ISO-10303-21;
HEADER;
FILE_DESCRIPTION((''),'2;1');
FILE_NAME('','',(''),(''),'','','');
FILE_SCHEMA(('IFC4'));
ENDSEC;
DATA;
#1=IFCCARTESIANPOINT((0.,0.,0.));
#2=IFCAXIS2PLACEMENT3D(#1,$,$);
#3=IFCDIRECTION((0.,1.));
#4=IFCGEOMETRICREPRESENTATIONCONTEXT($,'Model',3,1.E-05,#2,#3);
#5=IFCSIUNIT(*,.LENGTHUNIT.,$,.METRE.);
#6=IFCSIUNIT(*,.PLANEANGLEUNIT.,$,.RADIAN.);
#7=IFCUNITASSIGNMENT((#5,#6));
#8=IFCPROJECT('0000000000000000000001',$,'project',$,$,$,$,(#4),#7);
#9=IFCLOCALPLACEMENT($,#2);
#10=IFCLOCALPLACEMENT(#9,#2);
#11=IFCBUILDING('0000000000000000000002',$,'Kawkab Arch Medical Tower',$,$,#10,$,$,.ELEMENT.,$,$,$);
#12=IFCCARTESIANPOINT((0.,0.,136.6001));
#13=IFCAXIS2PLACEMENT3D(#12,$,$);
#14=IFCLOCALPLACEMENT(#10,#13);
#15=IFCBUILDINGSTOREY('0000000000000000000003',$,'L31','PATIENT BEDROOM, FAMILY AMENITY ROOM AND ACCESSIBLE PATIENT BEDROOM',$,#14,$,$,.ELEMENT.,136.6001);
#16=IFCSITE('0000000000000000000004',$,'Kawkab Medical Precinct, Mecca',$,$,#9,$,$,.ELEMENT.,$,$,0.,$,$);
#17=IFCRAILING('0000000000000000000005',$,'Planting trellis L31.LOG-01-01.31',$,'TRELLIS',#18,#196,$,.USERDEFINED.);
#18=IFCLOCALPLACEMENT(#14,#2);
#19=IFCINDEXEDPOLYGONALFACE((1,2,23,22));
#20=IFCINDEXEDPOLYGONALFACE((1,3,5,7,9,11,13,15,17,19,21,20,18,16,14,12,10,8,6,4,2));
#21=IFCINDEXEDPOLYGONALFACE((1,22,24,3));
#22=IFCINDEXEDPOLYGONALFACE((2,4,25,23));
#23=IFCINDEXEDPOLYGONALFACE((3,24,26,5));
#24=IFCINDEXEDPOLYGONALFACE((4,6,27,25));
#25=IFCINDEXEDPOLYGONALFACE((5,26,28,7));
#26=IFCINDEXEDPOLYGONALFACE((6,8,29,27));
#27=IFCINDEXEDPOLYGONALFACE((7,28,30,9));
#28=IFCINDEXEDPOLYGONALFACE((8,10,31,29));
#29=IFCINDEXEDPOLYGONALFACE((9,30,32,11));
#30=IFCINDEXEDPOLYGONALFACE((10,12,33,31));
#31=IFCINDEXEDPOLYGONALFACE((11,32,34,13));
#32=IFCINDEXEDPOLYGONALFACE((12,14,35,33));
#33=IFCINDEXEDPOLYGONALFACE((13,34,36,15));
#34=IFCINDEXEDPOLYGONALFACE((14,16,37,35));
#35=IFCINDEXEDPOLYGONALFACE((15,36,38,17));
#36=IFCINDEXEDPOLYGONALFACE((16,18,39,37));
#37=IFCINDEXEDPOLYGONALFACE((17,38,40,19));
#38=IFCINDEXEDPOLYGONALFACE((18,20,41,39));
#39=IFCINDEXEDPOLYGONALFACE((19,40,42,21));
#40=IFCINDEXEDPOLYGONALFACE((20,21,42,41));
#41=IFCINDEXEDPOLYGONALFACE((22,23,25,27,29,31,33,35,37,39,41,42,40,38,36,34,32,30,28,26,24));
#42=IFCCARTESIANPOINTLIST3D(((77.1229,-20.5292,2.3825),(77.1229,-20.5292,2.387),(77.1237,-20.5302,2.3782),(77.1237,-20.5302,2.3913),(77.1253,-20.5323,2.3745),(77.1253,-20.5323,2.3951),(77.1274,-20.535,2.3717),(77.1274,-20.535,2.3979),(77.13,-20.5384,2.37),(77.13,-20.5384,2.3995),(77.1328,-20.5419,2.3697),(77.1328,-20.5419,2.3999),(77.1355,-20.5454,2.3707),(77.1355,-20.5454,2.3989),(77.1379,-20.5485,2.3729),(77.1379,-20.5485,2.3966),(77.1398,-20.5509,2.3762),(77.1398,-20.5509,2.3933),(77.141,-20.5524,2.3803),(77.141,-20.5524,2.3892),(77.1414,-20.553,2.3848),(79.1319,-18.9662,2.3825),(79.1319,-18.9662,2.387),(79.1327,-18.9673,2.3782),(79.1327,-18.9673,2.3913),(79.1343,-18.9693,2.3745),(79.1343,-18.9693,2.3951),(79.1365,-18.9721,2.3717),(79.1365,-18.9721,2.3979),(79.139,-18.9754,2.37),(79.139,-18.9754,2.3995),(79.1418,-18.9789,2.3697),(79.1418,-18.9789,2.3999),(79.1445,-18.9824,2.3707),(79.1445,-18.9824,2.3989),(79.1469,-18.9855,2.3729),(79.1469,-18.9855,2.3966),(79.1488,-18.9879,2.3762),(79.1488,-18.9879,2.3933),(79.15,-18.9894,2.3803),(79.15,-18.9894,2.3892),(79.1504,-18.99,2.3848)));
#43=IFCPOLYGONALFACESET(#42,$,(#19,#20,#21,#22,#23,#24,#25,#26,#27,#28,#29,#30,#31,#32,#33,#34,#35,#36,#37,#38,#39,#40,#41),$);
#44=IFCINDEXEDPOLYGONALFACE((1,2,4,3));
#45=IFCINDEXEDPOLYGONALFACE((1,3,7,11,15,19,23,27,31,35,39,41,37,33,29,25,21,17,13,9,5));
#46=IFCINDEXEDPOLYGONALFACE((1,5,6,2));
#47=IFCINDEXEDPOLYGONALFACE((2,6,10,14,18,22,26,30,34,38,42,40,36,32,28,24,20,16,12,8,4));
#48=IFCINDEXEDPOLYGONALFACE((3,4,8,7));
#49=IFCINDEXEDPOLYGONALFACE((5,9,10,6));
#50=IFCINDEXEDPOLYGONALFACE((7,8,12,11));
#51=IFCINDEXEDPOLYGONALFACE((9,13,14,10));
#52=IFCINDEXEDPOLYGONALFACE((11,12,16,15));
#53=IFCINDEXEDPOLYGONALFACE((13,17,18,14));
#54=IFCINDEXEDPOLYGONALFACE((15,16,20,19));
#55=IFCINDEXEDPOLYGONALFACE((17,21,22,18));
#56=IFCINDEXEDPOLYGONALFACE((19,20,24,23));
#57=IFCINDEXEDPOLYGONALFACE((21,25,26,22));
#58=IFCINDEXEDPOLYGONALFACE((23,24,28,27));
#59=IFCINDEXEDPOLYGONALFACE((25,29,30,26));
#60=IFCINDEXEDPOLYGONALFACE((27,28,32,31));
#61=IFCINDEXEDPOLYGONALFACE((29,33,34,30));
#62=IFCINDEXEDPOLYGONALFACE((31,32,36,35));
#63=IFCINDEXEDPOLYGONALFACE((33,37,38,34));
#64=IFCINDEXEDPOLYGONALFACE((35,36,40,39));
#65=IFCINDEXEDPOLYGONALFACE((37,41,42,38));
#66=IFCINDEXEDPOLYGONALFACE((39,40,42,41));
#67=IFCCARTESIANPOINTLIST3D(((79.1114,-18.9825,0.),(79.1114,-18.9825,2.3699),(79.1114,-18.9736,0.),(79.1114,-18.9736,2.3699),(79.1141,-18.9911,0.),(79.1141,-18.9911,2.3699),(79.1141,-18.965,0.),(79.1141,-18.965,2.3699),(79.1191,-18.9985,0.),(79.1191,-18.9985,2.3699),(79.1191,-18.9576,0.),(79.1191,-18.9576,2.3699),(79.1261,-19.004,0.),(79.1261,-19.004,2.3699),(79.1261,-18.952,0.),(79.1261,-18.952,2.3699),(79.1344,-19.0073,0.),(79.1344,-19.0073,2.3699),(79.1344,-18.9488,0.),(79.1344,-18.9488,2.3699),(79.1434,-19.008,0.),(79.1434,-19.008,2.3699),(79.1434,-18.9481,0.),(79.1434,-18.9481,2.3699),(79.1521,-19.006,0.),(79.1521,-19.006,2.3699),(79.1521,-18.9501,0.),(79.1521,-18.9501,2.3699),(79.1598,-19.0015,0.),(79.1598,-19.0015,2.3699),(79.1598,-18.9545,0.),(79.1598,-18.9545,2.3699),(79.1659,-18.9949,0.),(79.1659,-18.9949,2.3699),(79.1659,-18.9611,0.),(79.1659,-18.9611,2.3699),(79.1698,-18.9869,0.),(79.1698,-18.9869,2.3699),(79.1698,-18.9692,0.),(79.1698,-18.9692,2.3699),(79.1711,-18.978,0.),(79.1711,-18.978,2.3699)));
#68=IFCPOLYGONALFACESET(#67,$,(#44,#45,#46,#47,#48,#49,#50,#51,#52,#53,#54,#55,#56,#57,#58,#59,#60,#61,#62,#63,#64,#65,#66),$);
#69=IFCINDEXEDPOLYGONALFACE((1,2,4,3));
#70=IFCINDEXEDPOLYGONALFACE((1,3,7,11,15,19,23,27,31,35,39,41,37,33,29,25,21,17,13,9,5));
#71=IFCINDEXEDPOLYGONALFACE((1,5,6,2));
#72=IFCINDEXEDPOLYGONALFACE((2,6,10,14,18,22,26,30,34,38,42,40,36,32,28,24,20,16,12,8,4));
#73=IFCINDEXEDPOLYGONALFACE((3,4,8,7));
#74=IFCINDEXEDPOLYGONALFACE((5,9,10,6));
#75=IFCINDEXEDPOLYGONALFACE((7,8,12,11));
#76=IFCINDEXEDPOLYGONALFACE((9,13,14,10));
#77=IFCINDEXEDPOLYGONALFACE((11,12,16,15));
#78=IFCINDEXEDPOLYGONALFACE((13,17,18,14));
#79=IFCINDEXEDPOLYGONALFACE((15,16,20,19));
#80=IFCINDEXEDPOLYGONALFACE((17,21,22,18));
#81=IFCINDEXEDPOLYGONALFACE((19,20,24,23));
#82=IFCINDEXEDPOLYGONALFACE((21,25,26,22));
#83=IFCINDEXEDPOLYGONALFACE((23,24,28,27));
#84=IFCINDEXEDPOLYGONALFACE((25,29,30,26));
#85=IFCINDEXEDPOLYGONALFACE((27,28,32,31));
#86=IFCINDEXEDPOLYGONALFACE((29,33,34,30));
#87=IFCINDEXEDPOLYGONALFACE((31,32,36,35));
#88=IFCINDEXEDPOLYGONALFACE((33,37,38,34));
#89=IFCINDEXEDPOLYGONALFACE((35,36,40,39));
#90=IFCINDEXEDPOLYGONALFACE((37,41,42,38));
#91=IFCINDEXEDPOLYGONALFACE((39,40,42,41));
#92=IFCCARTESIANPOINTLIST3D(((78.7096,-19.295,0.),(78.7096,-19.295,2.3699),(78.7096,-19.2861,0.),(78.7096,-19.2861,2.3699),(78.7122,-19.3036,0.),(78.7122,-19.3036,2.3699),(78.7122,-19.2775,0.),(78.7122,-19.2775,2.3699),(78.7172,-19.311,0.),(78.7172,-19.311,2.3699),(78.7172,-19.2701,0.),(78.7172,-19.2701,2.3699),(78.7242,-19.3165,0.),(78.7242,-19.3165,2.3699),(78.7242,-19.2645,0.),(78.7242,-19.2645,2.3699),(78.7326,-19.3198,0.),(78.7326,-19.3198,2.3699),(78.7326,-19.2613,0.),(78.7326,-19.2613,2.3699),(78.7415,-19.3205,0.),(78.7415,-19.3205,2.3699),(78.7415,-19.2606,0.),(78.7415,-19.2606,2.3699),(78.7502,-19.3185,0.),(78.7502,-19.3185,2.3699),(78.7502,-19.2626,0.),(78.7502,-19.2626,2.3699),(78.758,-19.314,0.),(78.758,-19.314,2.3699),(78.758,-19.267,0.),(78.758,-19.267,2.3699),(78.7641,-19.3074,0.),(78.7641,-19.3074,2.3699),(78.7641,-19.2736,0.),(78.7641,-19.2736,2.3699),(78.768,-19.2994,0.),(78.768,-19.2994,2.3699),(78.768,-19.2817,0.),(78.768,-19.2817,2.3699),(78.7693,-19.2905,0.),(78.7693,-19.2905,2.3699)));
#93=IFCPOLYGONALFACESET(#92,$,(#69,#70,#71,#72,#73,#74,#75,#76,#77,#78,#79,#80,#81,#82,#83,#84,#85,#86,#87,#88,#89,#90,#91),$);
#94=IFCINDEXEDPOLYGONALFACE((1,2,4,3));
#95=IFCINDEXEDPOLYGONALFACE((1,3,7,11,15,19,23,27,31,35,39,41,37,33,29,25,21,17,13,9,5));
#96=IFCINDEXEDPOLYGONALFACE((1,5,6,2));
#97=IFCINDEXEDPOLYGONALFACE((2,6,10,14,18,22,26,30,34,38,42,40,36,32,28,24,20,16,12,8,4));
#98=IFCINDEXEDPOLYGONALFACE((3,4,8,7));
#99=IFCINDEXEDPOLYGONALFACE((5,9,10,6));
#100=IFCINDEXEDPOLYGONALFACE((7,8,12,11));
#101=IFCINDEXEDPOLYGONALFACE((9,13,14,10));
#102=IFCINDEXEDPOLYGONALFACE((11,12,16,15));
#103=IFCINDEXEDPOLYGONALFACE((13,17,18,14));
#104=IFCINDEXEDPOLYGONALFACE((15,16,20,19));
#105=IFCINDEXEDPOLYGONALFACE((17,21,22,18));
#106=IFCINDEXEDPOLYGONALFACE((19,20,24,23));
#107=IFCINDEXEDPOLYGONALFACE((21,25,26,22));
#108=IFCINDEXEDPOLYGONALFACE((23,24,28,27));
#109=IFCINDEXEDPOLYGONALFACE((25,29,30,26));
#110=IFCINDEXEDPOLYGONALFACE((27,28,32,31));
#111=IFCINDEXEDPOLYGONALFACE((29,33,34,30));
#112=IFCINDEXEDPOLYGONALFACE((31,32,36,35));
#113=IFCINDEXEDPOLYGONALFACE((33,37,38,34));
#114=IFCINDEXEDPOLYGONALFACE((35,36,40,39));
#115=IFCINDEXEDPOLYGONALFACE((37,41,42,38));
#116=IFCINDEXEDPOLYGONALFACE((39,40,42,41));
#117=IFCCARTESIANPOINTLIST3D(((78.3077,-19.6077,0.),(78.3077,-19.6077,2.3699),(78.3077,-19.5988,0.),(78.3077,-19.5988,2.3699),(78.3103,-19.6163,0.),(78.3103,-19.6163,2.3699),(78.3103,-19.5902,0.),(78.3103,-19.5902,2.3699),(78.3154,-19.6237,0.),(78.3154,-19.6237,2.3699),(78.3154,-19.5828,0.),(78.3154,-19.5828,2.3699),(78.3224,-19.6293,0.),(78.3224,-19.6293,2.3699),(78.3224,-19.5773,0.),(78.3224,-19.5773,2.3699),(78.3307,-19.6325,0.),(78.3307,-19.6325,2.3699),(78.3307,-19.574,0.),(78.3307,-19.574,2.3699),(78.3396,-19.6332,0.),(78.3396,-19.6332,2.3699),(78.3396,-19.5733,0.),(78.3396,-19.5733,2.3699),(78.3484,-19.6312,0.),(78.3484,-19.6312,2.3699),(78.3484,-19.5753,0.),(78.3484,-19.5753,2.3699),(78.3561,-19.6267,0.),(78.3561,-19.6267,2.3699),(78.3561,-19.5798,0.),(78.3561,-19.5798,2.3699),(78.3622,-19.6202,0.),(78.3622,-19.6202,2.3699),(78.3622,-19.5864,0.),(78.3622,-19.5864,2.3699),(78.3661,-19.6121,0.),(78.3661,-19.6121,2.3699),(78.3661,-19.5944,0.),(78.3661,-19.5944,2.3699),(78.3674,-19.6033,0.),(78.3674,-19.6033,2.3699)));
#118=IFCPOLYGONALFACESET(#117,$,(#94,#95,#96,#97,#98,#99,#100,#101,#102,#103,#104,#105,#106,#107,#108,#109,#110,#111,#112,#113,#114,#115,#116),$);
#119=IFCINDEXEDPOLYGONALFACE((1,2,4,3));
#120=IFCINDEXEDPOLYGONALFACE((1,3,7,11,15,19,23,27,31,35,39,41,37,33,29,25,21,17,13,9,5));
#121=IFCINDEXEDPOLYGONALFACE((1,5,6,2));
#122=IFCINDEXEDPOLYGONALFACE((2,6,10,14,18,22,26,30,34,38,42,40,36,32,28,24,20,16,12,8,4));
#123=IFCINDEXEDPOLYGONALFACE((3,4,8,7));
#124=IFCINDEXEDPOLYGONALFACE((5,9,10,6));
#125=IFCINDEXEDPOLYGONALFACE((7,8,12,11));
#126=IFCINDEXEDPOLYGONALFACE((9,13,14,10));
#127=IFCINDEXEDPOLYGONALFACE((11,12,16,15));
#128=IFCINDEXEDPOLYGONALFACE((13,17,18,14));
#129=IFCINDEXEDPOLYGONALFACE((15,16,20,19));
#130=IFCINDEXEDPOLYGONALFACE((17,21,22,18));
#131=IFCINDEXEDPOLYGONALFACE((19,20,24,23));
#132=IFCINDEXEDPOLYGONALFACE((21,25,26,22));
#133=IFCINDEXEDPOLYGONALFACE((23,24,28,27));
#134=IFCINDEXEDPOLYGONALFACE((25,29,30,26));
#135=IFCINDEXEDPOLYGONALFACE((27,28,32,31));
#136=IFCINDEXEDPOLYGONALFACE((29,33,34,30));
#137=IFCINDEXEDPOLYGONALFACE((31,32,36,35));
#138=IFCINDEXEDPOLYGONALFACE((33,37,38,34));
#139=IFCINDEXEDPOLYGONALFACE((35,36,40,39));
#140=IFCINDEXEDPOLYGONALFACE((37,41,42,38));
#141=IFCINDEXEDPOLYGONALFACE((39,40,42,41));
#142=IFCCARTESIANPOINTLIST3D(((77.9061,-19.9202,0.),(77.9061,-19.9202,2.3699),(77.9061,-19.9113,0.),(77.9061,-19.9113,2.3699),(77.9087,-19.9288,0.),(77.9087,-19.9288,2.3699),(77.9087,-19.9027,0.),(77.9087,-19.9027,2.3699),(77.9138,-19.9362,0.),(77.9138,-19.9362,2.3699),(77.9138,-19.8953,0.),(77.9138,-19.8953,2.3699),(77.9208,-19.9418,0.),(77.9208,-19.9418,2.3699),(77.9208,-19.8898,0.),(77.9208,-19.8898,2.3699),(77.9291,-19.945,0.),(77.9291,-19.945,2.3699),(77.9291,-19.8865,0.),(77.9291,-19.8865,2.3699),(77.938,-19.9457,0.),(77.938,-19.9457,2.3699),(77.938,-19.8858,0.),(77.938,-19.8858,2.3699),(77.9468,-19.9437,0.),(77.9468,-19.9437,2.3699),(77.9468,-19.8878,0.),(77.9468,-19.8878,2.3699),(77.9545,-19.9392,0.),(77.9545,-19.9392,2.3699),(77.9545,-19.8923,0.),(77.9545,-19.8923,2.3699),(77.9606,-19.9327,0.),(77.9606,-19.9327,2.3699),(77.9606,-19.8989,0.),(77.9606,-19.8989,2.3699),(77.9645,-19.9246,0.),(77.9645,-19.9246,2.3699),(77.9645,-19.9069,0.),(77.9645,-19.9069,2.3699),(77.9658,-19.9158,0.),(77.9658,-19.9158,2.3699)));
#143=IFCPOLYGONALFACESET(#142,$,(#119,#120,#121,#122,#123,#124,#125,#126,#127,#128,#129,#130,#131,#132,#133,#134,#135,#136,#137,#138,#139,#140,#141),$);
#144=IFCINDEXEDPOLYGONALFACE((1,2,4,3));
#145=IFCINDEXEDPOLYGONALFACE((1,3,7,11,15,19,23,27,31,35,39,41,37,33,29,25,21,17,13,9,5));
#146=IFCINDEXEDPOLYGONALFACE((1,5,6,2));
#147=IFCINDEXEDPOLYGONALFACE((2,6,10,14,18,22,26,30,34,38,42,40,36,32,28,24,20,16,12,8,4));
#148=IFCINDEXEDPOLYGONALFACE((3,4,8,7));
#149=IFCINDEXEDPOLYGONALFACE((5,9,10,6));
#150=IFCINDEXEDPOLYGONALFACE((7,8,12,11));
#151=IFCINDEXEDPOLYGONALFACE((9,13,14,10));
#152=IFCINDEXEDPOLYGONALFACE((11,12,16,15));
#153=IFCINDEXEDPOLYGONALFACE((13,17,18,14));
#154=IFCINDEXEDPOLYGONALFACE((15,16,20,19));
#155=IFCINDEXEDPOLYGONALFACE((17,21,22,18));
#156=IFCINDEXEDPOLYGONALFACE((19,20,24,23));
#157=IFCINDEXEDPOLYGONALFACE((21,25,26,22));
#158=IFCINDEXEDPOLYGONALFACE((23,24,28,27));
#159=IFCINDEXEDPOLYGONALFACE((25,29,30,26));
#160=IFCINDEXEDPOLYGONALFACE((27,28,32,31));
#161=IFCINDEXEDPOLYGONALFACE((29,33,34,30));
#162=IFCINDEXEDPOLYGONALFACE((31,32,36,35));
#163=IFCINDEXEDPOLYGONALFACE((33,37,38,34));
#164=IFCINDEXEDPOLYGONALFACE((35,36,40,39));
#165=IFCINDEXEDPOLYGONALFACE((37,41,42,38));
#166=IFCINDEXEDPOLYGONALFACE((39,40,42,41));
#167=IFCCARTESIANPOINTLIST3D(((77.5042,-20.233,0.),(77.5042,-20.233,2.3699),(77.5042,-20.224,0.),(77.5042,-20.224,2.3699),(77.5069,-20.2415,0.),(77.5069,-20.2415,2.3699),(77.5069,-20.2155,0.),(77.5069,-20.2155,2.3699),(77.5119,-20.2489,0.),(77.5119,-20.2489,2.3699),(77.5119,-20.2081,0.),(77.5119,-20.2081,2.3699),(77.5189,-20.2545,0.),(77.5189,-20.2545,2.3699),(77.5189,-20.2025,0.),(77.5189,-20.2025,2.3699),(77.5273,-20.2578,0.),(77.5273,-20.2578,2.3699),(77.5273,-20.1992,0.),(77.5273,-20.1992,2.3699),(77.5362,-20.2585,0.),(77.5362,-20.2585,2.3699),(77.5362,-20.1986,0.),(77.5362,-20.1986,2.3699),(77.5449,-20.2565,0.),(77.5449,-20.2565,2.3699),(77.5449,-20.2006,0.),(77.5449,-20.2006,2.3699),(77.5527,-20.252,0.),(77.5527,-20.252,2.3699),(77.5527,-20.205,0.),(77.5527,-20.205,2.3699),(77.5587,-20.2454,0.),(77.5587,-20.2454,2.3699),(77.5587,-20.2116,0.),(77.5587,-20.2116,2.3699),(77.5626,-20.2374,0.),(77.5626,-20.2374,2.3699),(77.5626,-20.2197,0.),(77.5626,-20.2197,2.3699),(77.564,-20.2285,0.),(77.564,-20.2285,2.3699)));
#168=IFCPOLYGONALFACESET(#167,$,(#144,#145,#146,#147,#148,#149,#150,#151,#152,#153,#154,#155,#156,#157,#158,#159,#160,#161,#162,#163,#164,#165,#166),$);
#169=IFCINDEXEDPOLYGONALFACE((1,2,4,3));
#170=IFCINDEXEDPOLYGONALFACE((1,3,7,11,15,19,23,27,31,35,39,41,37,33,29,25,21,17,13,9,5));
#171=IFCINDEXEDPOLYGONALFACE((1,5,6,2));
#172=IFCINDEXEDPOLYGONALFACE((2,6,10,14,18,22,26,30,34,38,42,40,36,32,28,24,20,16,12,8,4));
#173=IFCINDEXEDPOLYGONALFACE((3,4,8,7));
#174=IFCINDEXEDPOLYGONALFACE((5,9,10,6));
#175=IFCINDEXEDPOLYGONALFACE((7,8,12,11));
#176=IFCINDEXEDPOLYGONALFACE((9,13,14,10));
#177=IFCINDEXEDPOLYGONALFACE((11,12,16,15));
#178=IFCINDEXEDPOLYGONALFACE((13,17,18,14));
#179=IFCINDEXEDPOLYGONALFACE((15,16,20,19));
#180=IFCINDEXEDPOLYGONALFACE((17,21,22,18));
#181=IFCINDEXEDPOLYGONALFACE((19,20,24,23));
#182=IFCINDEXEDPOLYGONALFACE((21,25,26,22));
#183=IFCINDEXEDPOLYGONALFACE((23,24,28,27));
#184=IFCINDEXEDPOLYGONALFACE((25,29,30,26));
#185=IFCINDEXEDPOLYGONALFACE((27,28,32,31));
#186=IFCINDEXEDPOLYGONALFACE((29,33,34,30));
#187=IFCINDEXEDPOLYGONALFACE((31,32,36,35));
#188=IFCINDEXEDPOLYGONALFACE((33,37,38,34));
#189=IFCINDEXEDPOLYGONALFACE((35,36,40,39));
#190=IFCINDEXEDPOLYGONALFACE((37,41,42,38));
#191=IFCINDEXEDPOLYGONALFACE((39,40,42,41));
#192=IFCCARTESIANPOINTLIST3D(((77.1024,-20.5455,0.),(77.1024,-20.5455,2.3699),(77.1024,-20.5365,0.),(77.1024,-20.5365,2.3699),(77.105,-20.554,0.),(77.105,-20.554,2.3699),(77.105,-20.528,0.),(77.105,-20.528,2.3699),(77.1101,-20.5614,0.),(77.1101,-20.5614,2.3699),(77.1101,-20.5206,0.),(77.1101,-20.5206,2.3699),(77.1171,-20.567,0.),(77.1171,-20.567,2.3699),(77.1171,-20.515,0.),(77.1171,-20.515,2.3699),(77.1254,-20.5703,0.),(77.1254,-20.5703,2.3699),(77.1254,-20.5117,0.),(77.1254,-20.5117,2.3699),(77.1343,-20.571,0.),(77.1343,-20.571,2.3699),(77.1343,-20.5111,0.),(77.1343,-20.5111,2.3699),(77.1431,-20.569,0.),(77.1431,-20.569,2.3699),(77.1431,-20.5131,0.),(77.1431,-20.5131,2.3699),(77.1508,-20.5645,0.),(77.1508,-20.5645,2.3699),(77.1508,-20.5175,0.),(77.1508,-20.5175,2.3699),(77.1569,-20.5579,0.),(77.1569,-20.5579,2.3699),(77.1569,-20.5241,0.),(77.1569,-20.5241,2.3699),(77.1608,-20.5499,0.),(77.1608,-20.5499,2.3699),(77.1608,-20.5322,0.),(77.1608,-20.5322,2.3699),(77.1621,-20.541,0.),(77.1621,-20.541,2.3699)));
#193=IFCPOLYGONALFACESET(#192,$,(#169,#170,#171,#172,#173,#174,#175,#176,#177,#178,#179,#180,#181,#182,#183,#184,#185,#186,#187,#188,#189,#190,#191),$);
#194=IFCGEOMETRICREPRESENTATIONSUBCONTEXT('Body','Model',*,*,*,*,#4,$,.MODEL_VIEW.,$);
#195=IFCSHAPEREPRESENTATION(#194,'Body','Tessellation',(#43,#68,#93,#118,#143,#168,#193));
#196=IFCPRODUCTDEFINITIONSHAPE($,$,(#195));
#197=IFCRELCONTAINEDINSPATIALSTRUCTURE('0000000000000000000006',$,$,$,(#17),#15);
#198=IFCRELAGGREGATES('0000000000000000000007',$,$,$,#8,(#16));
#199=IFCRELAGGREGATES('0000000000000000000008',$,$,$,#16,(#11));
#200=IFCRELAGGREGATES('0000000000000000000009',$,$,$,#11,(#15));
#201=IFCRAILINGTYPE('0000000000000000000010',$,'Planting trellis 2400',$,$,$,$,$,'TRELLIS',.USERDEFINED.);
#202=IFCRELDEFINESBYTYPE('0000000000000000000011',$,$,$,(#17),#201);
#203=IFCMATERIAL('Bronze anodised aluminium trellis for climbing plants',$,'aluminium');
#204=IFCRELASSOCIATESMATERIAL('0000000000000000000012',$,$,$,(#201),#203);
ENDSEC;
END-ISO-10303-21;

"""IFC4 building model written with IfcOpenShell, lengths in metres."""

from ifc_helpers import new_model, si_unit, direction, frame, origin, origin_2d, place, context, subcontext, project, spatial, circle, extrude, material, type_object, element, save


model = new_model("IFC4")

# Units and contexts
model_context = context("Model", 3, precision=1e-05, world=origin(), true_north=direction((0.0, 1.0)))
body_context = subcontext(model_context, "Body", "Model", "MODEL_VIEW")
ifc_project = project(units=[si_unit("LENGTHUNIT", "METRE"), si_unit("PLANEANGLEUNIT", "RADIAN")], contexts=[model_context])

# Site, building, storey
site_placement = place(None, origin())
site = spatial("IfcSite", under=ifc_project, at=site_placement, Name="Kawkab Medical Precinct, Mecca", CompositionType="ELEMENT", RefElevation=0.0)
building_placement = place(site_placement, origin())
building = spatial("IfcBuilding", under=site, at=building_placement, Name="Kawkab Arch Medical Tower", CompositionType="ELEMENT")
storey_placement = place(building_placement, frame((0.0, 0.0, 136.6001)))
storey = spatial("IfcBuildingStorey", under=building, at=storey_placement, Name="L31", Description="PATIENT BEDROOM, FAMILY AMENITY ROOM AND ACCESSIBLE PATIENT BEDROOM", CompositionType="ELEMENT", Elevation=136.6001)

# Railing
ifc_material_1 = material(Name="Bronze anodised aluminium trellis for climbing plants", Category="aluminium")
railing_type = type_object("IfcRailingType", Name="Planting trellis 2400", ElementType="TRELLIS", PredefinedType="USERDEFINED", material=ifc_material_1)
railing_1_placement = place(storey_placement, frame((79.1411, -18.978, 0.0)))
element("IfcRailing", 1, at=railing_1_placement, inside=storey, type_object=railing_type, Name="Planting trellis L31.LOG-01-01.31", ObjectType="TRELLIS", PredefinedType="USERDEFINED", context=body_context, shape_type="SweptSolid", body=[
    extrude(circle(Radius=0.0151, at=origin_2d()), frame((0.0, 0.0, 2.3848), z_axis=(-0.789275, -0.61404, 0.0), x_axis=(0.61404, -0.789275, 0.0)), (0.0, 0.0, 1.0), 2.5454),
    extrude(circle(Radius=0.03, at=origin_2d()), origin(), (0.0, 0.0, 1.0), 2.3699),
    extrude(circle(Radius=0.03, at=origin_2d()), frame((-0.4019, -0.3125, 0.0)), (0.0, 0.0, 1.0), 2.3699),
    extrude(circle(Radius=0.03, at=origin_2d()), frame((-0.8037, -0.6252, 0.0)), (0.0, 0.0, 1.0), 2.3699),
    extrude(circle(Radius=0.03, at=origin_2d()), frame((-1.2053, -0.9377, 0.0)), (0.0, 0.0, 1.0), 2.3699),
    extrude(circle(Radius=0.03, at=origin_2d()), frame((-1.6072, -1.2505, 0.0)), (0.0, 0.0, 1.0), 2.3699),
    extrude(circle(Radius=0.03, at=origin_2d()), frame((-2.009, -1.563, 0.0)), (0.0, 0.0, 1.0), 2.3699),
])

save(model, "model.ifc")
